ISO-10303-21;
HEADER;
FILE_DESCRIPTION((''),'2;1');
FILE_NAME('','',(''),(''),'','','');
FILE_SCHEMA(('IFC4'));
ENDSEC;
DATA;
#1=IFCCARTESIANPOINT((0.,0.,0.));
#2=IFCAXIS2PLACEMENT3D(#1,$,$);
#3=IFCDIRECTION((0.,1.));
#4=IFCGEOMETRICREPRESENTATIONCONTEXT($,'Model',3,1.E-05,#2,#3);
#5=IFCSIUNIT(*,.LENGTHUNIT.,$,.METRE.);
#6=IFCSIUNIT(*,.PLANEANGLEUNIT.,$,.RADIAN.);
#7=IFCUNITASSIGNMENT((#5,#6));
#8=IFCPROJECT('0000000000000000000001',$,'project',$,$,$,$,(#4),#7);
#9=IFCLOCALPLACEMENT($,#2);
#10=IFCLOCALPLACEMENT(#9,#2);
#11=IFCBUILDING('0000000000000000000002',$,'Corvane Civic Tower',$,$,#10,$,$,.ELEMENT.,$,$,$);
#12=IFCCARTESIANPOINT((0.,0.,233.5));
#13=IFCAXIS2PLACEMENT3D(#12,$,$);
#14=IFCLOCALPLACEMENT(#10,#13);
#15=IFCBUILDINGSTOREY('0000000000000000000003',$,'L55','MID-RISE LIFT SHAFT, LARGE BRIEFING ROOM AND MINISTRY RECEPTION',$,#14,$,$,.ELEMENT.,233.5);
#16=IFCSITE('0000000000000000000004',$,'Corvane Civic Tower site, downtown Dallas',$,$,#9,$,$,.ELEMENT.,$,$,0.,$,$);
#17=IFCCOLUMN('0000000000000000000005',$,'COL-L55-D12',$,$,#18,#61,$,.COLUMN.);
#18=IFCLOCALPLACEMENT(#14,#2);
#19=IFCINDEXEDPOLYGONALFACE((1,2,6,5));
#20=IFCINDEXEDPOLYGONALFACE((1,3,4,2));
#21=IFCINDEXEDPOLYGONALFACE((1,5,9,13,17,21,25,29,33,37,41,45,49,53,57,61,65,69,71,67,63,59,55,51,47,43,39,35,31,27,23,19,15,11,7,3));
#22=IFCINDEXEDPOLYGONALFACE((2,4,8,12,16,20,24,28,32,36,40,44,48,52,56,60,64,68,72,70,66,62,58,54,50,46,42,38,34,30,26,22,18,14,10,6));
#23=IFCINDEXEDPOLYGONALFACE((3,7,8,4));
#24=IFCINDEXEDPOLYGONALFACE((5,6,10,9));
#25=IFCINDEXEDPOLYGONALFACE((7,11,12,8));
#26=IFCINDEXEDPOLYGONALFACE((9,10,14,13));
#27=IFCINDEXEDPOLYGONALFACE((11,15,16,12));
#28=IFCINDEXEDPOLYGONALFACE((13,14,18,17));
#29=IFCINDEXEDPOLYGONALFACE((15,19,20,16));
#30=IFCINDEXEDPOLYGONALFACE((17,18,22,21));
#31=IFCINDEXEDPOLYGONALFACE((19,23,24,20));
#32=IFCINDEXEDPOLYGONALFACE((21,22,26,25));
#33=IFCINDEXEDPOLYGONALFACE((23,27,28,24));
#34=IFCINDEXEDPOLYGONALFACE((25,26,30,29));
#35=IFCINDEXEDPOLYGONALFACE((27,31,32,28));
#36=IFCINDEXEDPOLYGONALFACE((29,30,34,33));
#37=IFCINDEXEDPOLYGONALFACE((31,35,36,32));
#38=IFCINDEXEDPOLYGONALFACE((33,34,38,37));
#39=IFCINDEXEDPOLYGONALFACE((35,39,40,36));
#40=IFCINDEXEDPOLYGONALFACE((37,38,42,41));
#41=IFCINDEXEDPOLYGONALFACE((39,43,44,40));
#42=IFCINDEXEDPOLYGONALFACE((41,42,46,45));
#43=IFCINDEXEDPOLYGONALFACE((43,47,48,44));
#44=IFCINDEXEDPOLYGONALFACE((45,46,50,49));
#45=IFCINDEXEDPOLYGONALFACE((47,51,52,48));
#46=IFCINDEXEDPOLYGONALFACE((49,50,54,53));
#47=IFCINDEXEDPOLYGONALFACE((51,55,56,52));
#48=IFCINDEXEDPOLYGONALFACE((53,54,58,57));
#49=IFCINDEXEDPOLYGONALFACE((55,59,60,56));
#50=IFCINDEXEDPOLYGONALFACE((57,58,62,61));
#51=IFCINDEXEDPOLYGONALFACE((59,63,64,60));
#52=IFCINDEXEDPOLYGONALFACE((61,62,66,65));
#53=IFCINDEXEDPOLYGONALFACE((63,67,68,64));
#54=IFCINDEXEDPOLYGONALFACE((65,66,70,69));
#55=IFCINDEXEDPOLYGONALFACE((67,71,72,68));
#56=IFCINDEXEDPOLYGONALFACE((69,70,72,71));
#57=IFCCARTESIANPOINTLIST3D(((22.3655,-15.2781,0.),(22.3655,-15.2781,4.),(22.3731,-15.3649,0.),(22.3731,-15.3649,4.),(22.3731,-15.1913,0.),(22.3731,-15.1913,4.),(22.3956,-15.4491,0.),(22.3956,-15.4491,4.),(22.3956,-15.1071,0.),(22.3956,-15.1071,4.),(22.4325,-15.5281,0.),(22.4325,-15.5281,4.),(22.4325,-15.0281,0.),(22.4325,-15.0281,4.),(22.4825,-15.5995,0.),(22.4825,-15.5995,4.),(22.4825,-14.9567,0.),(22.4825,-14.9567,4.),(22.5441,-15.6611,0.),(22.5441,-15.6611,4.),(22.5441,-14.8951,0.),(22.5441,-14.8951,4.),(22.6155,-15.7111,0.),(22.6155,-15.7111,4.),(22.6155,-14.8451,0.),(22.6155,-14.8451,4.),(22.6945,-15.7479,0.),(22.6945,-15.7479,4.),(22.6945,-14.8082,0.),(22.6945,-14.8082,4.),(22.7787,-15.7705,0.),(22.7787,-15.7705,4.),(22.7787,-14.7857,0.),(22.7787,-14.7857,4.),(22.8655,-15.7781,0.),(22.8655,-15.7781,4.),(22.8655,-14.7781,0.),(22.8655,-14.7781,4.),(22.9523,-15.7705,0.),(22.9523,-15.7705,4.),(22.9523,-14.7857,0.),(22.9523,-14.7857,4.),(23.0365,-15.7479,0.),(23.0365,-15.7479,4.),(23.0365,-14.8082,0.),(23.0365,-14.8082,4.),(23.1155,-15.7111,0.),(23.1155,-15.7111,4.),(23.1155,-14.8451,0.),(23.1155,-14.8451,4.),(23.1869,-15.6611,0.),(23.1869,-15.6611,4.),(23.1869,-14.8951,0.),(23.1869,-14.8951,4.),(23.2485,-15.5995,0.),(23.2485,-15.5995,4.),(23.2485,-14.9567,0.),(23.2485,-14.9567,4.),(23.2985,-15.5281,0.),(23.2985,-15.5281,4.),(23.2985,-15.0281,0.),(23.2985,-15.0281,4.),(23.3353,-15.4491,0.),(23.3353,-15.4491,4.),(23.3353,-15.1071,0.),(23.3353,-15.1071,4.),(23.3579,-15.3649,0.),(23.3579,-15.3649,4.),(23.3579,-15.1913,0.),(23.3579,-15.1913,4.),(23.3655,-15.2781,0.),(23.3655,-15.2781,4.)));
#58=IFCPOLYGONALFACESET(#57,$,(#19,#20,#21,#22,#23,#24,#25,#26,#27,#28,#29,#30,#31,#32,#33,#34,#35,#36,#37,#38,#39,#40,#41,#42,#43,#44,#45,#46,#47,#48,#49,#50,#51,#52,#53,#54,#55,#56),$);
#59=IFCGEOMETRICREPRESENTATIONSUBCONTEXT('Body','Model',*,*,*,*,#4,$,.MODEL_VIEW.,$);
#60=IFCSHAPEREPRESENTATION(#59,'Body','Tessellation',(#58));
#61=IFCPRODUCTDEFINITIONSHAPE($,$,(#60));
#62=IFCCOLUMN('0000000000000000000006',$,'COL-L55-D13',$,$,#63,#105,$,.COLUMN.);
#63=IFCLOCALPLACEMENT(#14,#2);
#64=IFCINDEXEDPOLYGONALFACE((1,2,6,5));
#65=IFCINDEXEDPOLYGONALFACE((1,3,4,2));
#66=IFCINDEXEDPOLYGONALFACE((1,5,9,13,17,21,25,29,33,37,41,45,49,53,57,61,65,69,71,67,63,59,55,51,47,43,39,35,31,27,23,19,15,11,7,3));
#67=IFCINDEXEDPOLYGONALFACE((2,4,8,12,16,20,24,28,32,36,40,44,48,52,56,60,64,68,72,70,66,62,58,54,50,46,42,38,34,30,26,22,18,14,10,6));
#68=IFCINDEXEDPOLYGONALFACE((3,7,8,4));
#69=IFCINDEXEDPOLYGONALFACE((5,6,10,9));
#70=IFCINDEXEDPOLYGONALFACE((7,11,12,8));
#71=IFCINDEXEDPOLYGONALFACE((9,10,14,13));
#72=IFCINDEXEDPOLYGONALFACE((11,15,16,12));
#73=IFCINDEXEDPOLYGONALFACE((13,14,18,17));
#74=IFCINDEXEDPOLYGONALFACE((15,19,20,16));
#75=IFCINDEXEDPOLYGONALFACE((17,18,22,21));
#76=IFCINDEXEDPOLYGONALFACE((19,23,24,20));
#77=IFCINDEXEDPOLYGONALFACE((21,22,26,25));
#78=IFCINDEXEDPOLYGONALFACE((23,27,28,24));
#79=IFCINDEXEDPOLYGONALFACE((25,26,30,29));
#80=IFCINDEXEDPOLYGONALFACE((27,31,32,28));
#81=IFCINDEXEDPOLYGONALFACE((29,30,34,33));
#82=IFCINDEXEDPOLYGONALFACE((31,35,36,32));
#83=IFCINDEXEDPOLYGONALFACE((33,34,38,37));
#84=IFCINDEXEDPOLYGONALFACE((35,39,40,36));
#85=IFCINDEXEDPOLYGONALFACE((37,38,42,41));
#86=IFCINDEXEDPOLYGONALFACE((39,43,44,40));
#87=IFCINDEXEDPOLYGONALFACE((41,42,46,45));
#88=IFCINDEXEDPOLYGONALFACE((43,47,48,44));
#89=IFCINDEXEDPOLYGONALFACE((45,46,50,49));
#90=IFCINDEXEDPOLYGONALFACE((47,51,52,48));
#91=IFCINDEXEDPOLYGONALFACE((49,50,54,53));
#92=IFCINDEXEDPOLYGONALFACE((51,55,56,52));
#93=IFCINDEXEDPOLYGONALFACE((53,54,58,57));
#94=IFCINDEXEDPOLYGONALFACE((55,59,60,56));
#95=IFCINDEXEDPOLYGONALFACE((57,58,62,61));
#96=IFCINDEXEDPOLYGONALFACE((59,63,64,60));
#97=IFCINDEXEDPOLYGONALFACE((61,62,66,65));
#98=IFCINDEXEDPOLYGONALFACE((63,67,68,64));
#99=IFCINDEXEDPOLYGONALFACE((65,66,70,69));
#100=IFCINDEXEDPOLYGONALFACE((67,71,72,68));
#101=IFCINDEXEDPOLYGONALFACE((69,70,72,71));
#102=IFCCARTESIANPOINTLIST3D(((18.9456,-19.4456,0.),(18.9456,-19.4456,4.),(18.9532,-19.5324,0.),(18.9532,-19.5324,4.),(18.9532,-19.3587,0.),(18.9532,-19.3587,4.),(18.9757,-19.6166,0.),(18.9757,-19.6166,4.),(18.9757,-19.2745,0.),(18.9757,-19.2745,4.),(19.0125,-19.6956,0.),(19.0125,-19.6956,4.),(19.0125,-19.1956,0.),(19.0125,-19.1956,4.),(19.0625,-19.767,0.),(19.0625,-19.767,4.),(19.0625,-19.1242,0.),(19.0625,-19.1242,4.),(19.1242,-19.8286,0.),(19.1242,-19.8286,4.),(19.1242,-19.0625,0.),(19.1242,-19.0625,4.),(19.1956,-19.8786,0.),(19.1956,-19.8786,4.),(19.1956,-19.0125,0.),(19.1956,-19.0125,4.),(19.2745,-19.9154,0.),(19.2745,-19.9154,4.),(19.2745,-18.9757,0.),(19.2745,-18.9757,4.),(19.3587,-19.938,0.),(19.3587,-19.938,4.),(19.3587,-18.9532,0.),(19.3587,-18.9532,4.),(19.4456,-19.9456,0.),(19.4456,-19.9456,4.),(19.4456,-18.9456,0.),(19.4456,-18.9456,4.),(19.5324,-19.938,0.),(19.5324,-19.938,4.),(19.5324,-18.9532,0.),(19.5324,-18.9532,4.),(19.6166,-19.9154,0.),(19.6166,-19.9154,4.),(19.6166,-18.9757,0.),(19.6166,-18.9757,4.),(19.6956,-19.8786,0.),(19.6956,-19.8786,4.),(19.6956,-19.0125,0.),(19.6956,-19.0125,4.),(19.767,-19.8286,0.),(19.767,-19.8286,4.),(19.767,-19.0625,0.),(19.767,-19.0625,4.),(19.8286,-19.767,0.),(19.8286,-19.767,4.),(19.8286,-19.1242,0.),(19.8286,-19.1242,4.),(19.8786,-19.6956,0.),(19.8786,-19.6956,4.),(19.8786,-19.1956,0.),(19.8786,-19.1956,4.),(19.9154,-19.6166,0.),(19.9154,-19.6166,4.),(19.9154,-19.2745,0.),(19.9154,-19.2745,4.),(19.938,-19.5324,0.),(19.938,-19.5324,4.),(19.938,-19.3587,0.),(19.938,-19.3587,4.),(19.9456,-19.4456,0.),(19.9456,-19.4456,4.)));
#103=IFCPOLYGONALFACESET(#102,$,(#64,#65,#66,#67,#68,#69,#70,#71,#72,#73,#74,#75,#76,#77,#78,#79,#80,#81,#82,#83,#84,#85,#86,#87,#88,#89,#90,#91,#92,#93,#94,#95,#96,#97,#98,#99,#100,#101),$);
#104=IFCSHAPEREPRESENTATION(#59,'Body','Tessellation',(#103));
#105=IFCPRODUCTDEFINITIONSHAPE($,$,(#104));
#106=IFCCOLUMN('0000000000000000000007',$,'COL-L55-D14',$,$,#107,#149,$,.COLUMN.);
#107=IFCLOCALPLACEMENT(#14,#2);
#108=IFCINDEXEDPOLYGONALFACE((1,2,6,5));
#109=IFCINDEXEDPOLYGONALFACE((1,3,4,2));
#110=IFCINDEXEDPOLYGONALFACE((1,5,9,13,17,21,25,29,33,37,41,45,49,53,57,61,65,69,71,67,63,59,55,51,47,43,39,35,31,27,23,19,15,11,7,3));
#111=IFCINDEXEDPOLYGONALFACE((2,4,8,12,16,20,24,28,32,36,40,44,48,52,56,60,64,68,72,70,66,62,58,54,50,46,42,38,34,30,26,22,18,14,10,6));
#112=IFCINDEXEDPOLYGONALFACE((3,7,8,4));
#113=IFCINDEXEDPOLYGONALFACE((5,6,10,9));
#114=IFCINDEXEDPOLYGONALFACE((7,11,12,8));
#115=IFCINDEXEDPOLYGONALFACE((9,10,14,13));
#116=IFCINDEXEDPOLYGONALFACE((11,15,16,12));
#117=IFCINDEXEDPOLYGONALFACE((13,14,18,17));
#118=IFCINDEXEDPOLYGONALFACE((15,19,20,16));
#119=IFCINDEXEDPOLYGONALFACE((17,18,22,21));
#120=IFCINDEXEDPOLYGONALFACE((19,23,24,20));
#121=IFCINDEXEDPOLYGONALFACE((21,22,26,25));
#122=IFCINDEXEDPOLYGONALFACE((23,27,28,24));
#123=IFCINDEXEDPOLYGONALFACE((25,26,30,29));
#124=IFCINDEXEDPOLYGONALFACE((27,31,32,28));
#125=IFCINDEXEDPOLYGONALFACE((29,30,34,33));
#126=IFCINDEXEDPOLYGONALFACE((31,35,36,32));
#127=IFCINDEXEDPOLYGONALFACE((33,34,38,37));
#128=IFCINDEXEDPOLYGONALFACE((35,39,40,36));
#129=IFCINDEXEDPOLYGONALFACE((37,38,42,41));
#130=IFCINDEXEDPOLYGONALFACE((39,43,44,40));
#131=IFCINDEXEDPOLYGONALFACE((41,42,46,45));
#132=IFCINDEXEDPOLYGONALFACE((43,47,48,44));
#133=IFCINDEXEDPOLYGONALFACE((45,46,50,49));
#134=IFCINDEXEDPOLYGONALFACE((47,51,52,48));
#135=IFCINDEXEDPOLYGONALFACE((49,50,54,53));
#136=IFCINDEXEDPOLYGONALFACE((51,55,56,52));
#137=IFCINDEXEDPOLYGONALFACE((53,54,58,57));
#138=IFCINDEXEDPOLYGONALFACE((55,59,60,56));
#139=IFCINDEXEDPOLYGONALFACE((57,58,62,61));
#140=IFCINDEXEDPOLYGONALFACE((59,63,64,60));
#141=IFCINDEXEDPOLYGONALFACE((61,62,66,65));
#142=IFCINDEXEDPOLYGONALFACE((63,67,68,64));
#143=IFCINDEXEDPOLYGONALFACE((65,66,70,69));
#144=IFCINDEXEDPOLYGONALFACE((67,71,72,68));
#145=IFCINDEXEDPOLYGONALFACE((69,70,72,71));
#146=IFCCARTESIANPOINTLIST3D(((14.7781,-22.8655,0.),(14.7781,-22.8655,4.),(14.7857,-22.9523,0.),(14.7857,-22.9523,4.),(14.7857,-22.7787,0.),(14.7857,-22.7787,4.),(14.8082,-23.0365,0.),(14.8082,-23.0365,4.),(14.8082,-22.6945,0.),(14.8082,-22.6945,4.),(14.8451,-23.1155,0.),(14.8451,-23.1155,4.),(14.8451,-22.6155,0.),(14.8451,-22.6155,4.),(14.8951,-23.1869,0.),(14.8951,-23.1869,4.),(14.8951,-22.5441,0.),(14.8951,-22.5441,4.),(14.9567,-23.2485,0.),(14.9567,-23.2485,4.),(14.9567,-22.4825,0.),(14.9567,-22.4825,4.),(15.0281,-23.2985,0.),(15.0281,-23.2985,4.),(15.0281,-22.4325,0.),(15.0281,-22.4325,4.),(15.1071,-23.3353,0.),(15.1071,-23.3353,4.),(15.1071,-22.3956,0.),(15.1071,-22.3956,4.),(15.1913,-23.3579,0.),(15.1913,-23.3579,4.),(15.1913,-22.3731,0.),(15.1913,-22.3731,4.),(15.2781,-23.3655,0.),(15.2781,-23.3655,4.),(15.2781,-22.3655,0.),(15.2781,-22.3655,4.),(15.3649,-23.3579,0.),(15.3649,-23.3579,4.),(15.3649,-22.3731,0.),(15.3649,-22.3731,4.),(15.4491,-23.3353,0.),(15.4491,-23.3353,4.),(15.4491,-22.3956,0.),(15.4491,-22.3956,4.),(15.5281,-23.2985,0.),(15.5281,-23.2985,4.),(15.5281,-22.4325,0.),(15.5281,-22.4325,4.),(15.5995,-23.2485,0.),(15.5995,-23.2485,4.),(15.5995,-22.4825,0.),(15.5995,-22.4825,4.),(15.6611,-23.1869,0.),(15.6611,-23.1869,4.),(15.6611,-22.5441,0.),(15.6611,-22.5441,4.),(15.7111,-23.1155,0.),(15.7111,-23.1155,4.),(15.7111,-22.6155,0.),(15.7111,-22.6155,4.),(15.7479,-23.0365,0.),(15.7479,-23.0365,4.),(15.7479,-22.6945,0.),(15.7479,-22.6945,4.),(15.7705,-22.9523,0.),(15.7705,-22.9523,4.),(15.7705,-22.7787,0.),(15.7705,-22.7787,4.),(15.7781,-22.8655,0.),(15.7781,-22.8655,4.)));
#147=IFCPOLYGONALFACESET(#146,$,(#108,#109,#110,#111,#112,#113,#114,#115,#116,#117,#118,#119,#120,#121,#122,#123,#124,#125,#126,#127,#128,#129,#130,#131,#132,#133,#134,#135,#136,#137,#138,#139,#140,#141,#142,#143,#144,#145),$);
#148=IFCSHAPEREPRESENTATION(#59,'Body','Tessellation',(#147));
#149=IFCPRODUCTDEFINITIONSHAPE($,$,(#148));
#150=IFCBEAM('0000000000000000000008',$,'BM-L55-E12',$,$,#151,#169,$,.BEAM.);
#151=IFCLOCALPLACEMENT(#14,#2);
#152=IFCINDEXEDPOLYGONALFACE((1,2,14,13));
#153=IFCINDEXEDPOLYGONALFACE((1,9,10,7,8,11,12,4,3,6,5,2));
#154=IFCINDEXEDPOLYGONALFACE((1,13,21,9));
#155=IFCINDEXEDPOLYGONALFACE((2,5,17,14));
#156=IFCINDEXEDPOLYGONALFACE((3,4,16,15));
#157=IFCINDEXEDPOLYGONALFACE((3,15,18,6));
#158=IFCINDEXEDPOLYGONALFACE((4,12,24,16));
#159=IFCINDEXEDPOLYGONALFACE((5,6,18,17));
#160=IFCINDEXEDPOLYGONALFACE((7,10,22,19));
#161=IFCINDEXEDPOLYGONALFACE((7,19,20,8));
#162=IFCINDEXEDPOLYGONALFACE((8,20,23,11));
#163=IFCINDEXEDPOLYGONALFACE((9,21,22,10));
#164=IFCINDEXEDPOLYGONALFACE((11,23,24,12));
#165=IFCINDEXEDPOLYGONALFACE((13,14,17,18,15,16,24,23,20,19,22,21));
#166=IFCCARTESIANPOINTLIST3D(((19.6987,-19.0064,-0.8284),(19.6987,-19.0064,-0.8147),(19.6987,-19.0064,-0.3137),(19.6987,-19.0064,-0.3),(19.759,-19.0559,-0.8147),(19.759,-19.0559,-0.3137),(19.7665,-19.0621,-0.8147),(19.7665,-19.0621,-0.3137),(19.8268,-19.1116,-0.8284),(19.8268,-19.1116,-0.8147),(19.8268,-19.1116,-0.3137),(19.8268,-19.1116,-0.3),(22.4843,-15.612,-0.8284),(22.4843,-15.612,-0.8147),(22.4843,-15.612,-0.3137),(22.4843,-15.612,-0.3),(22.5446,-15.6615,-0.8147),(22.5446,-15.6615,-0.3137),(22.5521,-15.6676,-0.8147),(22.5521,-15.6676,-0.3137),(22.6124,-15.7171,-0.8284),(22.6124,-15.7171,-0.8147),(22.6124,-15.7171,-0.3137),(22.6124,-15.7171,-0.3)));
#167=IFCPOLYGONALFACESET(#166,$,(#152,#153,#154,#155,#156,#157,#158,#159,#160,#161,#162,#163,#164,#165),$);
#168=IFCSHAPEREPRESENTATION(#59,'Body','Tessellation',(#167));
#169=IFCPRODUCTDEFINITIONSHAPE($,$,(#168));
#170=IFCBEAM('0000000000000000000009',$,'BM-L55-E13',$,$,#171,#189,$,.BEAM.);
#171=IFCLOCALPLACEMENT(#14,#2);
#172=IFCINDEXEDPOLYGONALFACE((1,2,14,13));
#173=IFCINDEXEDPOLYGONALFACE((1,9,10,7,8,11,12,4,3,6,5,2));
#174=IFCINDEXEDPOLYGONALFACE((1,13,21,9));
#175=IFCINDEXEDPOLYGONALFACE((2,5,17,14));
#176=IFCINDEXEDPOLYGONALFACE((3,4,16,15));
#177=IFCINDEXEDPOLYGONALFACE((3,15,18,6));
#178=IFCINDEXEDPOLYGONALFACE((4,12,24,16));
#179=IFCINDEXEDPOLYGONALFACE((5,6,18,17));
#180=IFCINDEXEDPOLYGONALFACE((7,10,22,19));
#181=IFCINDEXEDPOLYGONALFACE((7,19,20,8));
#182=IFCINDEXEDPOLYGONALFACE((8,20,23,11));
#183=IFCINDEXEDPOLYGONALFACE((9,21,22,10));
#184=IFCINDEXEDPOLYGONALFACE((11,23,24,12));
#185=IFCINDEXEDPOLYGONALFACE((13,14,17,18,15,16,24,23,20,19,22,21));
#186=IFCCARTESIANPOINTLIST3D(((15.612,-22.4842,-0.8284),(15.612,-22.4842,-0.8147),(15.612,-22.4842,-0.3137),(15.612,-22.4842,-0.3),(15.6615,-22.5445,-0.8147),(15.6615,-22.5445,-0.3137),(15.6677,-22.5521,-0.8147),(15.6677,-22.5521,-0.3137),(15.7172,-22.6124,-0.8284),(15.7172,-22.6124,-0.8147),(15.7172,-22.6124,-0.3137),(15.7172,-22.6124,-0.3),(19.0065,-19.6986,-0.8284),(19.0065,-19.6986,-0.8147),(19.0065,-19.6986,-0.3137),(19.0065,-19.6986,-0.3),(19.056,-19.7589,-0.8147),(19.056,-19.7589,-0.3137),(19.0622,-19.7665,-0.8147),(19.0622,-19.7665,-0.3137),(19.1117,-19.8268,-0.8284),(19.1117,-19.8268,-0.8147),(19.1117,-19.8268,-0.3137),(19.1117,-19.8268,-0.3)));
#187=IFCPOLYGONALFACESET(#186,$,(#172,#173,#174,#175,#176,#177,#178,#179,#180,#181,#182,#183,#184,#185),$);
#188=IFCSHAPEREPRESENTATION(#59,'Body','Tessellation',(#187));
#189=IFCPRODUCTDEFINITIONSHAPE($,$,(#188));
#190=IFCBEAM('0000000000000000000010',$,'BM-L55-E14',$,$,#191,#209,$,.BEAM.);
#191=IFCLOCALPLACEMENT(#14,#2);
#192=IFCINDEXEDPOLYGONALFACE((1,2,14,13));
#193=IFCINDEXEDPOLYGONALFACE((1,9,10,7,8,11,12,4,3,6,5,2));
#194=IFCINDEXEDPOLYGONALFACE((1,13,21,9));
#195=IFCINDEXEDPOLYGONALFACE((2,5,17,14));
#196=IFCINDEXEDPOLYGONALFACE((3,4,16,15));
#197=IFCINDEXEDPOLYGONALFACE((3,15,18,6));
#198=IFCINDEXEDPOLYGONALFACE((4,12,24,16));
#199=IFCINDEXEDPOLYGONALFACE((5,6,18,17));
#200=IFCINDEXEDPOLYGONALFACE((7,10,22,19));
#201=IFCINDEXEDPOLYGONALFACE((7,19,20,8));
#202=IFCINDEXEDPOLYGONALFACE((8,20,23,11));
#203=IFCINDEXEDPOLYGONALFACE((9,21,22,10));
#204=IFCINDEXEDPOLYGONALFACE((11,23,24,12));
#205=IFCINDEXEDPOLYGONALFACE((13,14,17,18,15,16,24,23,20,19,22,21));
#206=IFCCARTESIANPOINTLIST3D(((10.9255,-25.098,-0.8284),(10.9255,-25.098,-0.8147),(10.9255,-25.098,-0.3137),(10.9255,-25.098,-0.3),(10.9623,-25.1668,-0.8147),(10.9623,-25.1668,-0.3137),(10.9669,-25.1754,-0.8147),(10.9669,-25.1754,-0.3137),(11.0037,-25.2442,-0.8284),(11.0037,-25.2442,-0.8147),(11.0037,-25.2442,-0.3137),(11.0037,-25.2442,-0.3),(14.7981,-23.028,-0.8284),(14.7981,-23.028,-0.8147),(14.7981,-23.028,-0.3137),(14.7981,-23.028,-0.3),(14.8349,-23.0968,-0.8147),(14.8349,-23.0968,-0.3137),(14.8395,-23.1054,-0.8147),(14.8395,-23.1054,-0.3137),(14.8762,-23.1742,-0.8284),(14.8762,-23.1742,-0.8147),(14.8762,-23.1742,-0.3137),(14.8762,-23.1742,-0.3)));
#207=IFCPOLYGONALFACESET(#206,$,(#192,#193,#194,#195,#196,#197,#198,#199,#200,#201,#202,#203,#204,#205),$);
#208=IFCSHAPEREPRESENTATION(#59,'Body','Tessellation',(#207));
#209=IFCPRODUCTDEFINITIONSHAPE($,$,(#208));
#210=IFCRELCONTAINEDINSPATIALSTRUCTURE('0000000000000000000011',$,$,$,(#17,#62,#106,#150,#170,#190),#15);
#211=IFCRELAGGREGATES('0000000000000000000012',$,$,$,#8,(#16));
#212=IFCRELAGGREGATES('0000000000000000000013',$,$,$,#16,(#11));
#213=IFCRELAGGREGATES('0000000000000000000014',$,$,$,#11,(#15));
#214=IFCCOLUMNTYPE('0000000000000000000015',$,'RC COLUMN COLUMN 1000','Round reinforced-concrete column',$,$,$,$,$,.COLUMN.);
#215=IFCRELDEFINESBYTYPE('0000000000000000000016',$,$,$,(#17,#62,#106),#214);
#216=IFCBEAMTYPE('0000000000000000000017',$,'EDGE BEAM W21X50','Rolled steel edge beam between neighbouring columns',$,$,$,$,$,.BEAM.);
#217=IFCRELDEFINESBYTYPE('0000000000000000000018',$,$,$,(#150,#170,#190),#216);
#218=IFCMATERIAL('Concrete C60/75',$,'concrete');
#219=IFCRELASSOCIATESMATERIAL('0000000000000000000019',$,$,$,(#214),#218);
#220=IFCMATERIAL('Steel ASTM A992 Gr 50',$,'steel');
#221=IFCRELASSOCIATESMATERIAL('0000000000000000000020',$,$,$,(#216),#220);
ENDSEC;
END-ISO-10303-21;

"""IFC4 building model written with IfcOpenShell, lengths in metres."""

from ifc_helpers import new_model, si_unit, direction, frame, origin, origin_2d, place, context, subcontext, project, spatial, circle, i_section, extrude, material, material_profile, profile_set, type_object, element, save


model = new_model("IFC4")

# Units and contexts
model_context = context("Model", 3, precision=1e-05, world=origin(), true_north=direction((0.0, 1.0)))
body_context = subcontext(model_context, "Body", "Model", "MODEL_VIEW")
ifc_project = project(units=[si_unit("LENGTHUNIT", "METRE"), si_unit("PLANEANGLEUNIT", "RADIAN")], contexts=[model_context])

# Site, building, storey
site_placement = place(None, origin())
site = spatial("IfcSite", under=ifc_project, at=site_placement, Name="Corvane Civic Tower site, downtown Dallas", CompositionType="ELEMENT", RefElevation=0.0)
building_placement = place(site_placement, origin())
building = spatial("IfcBuilding", under=site, at=building_placement, Name="Corvane Civic Tower", CompositionType="ELEMENT")
storey_placement = place(building_placement, frame((0.0, 0.0, 233.5)))
storey = spatial("IfcBuildingStorey", under=building, at=storey_placement, Name="L55", Description="MID-RISE LIFT SHAFT, LARGE BRIEFING ROOM AND MINISTRY RECEPTION", CompositionType="ELEMENT", Elevation=233.5)

# Columns
ifc_material_1 = material(Name="Concrete C60/75", Category="concrete")
ifc_material_profile_1 = material_profile(ifc_material_1, circle(Radius=0.5, at=origin_2d()), Name="COLUMN 1000")
ifc_profile_set_1 = profile_set([ifc_material_profile_1], Name="Concrete C60/75")
column_type = type_object("IfcColumnType", Name="RC COLUMN COLUMN 1000", Description="Round reinforced-concrete column", PredefinedType="COLUMN", material=ifc_profile_set_1)
for number, where, z_axis, x_axis, name in (
    (1, (22.8655, -15.2781, 0.0), (0.0, 0.0, 1.0), (1.0, 0.0, 0.0), "COL-L55-D12"),
    (2, (19.4456, -19.4456, 0.0), (0.0, 0.0, 1.0), (1.0, 0.0, 0.0), "COL-L55-D13"),
    (3, (15.2781, -22.8655, 0.0), (0.0, 0.0, 1.0), (1.0, 0.0, 0.0), "COL-L55-D14"),
):
    element("IfcColumn", number, at=place(storey_placement, frame(where, z_axis=z_axis, x_axis=x_axis)), inside=storey, type_object=column_type, Name=name, PredefinedType="COLUMN", context=body_context, shape_type="SweptSolid", body=[
        extrude(circle(Radius=0.5, at=origin_2d()), origin(), (0.0, 0.0, 1.0), 4.0),
    ])

# Beams
ifc_material_2 = material(Name="Steel ASTM A992 Gr 50", Category="steel")
ifc_material_profile_2 = material_profile(ifc_material_2, i_section(OverallWidth=0.1658, OverallDepth=0.5283, WebThickness=0.0098, FlangeThickness=0.0137, at=origin_2d()), Name="W21X50")
ifc_profile_set_2 = profile_set([ifc_material_profile_2], Name="Steel ASTM A992 Gr 50")
beam_type_1 = type_object("IfcBeamType", Name="EDGE BEAM W21X50", Description="Rolled steel edge beam between neighbouring columns", PredefinedType="BEAM", material=ifc_profile_set_2)
for number, where, z_axis, x_axis, name in (
    (4, (22.5483, -15.6646, -0.5642), (-0.634369, -0.77303, 0.0), (0.77303, -0.634369, 0.0), "BM-L55-E12"),
    (5, (19.0591, -19.7627, -0.5642), (-0.77303, -0.634369, 0.0), (0.634369, -0.77303, 0.0), "BM-L55-E13"),
    (6, (14.8372, -23.1011, -0.5642), (-0.881908, -0.471422, 0.0), (0.471422, -0.881908, 0.0), "BM-L55-E14"),
):
    element("IfcBeam", number, at=place(storey_placement, frame(where, z_axis=z_axis, x_axis=x_axis)), inside=storey, type_object=beam_type_1, Name=name, PredefinedType="BEAM", context=body_context, shape_type="SweptSolid", body=[
        extrude(i_section(OverallWidth=0.1658, OverallDepth=0.5283, WebThickness=0.0098, FlangeThickness=0.0137, at=origin_2d()), origin(), (0.0, 0.0, 1.0), 4.3911),
    ])

save(model, "model.ifc")
